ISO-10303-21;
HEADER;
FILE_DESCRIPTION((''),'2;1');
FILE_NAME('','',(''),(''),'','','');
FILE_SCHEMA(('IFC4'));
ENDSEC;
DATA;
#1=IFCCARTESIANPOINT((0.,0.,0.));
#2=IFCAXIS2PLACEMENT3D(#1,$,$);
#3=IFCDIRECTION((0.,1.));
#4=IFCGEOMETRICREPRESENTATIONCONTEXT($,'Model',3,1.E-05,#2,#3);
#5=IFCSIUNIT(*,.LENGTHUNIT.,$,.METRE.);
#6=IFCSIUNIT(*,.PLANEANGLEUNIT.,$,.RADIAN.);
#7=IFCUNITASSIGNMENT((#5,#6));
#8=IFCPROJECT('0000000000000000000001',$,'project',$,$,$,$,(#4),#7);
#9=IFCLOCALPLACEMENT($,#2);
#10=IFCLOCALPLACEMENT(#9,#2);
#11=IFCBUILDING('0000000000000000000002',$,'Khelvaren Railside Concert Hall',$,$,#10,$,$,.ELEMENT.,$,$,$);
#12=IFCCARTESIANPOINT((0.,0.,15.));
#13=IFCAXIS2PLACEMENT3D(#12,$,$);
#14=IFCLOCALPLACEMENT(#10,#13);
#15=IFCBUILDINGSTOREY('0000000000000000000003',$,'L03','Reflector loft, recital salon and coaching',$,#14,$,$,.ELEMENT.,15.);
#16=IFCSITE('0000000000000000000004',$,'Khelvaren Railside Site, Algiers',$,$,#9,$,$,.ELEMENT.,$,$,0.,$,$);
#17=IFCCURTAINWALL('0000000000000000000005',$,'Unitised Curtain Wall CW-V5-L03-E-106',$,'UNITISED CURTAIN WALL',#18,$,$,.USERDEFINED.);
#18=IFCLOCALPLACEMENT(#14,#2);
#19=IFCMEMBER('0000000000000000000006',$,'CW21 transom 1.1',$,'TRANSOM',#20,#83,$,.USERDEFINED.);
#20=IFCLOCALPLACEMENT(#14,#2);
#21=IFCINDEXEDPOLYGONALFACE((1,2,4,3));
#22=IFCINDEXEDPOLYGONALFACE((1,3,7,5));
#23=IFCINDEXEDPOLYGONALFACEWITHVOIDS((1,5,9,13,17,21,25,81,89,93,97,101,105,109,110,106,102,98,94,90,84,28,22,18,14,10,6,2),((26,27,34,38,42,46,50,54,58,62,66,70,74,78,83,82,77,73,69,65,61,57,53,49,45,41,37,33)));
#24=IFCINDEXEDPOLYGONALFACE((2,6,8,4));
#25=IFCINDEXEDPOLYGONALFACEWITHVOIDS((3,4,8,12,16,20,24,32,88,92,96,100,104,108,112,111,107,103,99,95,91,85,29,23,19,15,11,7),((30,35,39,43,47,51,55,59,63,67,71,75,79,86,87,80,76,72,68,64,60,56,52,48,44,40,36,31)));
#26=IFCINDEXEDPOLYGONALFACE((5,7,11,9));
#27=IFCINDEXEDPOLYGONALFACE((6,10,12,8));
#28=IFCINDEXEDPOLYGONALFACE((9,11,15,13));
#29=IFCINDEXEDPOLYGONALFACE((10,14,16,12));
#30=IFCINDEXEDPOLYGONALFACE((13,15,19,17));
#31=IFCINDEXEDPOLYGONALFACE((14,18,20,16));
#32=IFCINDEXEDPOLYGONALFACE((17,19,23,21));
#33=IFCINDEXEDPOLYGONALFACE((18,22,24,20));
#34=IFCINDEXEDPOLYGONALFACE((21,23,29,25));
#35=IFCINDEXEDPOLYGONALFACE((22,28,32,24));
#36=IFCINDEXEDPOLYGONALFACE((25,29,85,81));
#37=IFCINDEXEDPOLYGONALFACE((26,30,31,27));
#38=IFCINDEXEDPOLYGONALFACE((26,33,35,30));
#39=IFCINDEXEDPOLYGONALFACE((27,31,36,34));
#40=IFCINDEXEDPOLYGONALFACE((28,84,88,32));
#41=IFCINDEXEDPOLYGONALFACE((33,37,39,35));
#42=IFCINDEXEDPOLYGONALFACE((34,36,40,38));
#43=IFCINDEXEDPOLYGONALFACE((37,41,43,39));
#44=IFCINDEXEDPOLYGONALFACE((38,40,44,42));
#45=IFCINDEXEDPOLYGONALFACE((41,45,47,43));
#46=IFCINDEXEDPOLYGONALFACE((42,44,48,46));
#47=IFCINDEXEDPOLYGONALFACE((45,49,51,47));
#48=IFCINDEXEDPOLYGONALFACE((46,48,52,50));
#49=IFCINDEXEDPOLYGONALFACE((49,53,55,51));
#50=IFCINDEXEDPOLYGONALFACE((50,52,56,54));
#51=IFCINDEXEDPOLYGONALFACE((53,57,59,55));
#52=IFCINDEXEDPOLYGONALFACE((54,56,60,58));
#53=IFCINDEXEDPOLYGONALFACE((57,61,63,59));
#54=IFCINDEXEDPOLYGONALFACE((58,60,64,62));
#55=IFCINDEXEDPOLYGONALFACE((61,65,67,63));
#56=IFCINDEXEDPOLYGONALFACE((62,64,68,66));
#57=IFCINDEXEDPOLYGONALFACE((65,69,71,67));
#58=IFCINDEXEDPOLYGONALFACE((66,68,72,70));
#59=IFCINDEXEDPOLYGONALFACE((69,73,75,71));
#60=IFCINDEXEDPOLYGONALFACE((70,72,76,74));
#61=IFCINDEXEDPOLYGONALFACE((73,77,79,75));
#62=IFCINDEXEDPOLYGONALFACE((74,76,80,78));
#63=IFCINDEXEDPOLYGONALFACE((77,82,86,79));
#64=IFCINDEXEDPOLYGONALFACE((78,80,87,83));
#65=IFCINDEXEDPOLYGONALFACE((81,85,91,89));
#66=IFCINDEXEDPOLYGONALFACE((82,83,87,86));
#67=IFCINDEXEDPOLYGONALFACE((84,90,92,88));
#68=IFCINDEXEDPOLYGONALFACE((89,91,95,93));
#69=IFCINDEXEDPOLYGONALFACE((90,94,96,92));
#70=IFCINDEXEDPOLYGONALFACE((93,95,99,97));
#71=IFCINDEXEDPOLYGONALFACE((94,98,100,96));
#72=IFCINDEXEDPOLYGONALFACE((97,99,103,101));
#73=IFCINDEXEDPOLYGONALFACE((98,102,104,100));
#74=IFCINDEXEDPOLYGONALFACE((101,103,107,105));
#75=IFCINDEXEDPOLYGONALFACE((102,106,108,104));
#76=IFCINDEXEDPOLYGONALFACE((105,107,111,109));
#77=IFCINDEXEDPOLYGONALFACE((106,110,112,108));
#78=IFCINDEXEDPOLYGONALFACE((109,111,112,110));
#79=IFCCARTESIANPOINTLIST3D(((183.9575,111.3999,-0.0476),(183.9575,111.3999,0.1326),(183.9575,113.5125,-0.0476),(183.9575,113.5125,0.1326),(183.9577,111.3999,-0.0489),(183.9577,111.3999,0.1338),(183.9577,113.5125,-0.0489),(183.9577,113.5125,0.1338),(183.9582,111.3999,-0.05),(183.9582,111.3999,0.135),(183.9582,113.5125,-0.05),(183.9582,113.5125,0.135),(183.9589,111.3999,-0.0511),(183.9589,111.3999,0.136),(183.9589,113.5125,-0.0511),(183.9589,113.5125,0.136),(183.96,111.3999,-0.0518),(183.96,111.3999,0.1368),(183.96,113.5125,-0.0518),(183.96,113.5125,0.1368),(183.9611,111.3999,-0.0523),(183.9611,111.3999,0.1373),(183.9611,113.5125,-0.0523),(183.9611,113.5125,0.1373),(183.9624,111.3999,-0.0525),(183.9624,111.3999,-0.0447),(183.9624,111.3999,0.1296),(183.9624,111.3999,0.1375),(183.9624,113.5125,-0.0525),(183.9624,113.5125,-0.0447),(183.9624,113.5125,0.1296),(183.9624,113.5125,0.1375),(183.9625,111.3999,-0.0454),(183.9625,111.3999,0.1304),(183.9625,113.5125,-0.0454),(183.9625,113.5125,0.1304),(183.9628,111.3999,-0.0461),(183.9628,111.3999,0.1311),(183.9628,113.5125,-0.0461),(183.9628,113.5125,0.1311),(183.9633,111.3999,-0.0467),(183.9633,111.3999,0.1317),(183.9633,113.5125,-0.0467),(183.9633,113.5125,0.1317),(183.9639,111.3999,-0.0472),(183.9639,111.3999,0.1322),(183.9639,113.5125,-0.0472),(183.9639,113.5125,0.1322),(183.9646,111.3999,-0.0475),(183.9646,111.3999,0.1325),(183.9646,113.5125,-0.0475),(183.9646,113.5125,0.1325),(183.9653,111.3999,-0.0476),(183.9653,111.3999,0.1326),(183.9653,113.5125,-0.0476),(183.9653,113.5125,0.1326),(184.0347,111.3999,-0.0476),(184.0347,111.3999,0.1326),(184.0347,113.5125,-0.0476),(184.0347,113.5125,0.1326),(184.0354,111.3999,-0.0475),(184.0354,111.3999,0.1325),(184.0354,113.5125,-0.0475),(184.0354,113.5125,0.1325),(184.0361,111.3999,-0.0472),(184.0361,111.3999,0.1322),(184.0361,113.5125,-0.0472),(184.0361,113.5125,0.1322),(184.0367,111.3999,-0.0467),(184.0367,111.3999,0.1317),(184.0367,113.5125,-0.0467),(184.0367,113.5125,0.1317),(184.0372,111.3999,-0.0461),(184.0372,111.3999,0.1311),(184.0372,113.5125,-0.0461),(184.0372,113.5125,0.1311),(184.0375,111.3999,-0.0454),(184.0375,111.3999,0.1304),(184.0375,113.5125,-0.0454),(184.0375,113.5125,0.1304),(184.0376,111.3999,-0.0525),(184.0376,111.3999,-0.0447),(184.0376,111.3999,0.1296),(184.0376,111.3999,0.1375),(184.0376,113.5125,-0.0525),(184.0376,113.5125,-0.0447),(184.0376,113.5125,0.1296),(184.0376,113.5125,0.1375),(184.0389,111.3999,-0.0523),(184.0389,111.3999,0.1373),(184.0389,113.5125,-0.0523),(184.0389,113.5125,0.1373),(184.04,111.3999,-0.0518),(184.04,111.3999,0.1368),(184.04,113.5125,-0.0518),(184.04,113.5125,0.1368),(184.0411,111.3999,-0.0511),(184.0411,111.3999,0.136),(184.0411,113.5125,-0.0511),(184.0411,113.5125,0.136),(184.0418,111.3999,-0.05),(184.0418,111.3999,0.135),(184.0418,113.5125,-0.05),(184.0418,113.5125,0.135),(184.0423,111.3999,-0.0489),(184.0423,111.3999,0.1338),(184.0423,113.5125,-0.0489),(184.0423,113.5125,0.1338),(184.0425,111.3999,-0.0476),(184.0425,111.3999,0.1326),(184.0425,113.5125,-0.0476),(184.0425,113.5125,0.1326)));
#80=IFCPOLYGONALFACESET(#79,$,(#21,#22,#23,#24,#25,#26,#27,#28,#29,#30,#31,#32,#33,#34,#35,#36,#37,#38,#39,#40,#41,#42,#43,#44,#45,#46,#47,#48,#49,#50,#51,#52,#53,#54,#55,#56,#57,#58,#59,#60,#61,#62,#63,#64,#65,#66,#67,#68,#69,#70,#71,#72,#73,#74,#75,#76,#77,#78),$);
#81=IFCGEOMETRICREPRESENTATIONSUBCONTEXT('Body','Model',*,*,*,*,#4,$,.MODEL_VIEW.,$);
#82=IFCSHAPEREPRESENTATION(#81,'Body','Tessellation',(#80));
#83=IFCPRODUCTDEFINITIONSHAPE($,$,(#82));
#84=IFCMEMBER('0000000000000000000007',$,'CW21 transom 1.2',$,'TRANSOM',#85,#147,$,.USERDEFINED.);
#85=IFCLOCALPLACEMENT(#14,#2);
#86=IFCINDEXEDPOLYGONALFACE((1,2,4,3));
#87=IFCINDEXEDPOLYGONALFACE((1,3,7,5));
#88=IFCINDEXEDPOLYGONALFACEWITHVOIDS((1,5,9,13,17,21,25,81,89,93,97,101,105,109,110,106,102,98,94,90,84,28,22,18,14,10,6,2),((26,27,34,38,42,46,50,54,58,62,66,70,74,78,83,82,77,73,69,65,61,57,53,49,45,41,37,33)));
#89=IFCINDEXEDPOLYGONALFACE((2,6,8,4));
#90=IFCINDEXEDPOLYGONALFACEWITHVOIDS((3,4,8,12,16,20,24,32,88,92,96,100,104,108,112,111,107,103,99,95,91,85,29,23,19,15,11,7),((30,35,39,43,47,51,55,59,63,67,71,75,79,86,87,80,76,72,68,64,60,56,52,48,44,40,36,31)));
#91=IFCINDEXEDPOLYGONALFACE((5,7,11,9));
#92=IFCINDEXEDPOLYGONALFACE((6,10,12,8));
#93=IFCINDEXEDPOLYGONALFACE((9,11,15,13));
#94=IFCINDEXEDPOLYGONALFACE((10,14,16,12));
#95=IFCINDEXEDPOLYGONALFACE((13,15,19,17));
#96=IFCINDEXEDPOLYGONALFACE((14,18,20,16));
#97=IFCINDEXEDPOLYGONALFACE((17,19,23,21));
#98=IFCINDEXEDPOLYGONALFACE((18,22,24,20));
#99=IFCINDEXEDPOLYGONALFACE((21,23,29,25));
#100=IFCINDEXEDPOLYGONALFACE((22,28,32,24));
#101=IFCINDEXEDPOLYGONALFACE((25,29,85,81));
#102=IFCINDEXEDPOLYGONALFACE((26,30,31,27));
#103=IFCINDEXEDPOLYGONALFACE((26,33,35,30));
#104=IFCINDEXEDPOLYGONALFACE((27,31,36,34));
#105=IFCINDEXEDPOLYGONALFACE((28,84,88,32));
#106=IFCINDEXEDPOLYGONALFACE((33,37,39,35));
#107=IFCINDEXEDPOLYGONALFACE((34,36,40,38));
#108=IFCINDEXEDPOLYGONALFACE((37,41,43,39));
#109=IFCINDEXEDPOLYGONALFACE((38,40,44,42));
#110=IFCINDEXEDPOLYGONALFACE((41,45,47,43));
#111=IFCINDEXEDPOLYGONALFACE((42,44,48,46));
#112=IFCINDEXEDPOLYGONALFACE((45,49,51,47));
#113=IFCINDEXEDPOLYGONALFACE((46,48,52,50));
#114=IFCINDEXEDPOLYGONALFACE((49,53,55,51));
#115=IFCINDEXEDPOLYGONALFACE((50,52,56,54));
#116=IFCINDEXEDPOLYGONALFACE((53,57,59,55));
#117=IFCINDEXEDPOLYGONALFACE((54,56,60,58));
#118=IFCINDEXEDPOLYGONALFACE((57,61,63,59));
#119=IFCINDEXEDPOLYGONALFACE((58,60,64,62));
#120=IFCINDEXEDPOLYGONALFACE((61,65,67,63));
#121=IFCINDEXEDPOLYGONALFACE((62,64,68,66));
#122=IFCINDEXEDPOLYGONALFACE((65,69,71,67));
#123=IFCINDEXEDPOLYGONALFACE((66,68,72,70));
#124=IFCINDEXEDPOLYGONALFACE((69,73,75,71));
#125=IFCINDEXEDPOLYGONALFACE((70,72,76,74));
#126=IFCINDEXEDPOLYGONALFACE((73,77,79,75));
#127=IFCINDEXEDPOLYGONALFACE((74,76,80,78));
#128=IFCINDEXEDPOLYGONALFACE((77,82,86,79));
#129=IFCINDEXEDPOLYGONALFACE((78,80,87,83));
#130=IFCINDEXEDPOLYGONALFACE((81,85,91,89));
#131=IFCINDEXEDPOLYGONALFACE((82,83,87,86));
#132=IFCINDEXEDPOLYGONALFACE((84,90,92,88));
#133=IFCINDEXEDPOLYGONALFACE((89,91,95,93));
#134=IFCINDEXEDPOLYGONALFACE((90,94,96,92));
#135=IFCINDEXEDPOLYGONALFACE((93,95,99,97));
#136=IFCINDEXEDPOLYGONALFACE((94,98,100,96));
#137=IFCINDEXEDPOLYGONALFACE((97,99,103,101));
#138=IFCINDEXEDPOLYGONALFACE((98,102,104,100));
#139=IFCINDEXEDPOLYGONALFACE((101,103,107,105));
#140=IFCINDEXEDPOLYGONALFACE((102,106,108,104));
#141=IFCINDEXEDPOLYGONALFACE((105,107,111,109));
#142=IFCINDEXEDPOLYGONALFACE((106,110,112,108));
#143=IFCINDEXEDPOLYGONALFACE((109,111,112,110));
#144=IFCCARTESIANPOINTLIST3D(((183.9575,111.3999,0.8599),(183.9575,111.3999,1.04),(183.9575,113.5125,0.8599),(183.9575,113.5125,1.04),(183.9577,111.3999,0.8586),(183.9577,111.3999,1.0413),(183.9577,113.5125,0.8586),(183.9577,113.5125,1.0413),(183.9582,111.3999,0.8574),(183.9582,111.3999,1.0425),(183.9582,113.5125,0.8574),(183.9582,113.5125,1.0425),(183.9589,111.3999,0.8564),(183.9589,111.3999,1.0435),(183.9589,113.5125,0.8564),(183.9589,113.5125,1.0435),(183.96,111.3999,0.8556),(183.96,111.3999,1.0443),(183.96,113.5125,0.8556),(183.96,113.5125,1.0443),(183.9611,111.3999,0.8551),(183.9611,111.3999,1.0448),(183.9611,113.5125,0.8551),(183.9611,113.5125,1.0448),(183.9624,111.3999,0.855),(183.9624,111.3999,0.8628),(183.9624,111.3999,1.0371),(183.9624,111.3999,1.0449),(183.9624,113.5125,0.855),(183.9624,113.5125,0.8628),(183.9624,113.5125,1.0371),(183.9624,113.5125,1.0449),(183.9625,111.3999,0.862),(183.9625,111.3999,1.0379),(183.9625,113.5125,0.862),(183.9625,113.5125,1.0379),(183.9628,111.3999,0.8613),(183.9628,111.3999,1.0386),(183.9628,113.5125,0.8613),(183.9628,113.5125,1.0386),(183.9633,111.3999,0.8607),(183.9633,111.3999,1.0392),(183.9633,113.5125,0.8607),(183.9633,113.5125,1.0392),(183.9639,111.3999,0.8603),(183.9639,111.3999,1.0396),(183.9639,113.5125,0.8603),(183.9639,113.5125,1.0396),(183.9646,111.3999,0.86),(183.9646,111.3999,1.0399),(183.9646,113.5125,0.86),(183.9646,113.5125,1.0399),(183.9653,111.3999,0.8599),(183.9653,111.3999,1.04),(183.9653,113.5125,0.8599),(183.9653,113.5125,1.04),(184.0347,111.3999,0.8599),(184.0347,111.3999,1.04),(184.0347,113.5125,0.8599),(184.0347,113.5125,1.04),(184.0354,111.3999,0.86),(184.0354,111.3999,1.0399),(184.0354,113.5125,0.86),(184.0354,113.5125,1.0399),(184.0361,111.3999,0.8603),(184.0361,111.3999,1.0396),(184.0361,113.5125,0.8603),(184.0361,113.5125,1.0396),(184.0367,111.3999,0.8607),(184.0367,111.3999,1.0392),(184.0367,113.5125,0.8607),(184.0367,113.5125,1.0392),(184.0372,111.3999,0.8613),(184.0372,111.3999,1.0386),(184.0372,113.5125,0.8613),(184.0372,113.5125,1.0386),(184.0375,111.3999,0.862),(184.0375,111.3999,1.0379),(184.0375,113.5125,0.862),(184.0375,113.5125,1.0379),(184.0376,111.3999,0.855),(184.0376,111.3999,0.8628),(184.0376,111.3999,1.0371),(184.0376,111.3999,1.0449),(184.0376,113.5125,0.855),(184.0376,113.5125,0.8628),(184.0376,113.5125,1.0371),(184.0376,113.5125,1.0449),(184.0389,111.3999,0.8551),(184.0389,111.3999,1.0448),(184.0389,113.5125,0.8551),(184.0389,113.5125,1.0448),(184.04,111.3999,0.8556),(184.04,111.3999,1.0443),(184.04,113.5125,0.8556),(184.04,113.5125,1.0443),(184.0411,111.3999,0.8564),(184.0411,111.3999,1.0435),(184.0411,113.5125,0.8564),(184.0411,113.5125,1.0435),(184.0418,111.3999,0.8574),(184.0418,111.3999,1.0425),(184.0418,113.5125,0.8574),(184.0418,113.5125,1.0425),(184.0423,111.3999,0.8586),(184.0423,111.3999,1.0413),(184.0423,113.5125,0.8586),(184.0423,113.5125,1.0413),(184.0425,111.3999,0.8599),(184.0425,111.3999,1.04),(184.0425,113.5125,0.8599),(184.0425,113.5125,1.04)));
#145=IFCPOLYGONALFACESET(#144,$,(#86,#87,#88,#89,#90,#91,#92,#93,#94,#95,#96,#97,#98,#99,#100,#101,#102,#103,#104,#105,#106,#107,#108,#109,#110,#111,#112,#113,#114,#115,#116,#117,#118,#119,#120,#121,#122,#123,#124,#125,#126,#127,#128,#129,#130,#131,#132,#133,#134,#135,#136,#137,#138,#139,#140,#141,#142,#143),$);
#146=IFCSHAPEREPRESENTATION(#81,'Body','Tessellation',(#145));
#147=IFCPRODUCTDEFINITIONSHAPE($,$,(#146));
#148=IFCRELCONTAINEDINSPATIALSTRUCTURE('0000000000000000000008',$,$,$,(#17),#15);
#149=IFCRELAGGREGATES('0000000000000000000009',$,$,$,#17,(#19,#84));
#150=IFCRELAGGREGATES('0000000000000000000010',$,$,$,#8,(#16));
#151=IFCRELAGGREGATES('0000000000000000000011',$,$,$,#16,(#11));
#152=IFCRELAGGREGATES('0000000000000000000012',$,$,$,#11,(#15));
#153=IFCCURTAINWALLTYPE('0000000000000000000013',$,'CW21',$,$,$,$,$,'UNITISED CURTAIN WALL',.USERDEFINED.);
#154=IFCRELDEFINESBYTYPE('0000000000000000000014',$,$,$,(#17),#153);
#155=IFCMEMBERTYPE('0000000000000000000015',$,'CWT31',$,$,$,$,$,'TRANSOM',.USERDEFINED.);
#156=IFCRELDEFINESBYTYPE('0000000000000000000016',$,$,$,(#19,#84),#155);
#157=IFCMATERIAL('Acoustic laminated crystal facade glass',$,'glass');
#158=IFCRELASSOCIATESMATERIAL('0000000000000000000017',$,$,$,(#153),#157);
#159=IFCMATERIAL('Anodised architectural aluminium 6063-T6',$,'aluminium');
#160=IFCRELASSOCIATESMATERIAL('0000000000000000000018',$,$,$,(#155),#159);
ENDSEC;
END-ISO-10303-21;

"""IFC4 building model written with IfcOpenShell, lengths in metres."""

from ifc_helpers import new_model, si_unit, direction, frame, origin, origin_2d, place, context, subcontext, project, spatial, hollow_rectangle, extrude, material, material_profile, profile_set, type_object, element, aggregate, save


model = new_model("IFC4")

# Units and contexts
model_context = context("Model", 3, precision=1e-05, world=origin(), true_north=direction((0.0, 1.0)))
body_context = subcontext(model_context, "Body", "Model", "MODEL_VIEW")
ifc_project = project(units=[si_unit("LENGTHUNIT", "METRE"), si_unit("PLANEANGLEUNIT", "RADIAN")], contexts=[model_context])

# Site, building, storey
site_placement = place(None, origin())
site = spatial("IfcSite", under=ifc_project, at=site_placement, Name="Khelvaren Railside Site, Algiers", CompositionType="ELEMENT", RefElevation=0.0)
building_placement = place(site_placement, origin())
building = spatial("IfcBuilding", under=site, at=building_placement, Name="Khelvaren Railside Concert Hall", CompositionType="ELEMENT")
storey_placement = place(building_placement, frame((0.0, 0.0, 15.0)))
storey = spatial("IfcBuildingStorey", under=building, at=storey_placement, Name="L03", Description="Reflector loft, recital salon and coaching", CompositionType="ELEMENT", Elevation=15.0)

# Curtain wall, members
ifc_material_1 = material(Name="Acoustic laminated crystal facade glass", Category="glass")
curtain_wall_type = type_object("IfcCurtainWallType", Name="CW21", ElementType="UNITISED CURTAIN WALL", PredefinedType="USERDEFINED", material=ifc_material_1)
curtain_wall_placement = place(storey_placement, origin())
curtain_wall = element("IfcCurtainWall", 1, at=curtain_wall_placement, inside=storey, type_object=curtain_wall_type, Name="Unitised Curtain Wall CW-V5-L03-E-106", ObjectType="UNITISED CURTAIN WALL", PredefinedType="USERDEFINED")
ifc_material_2 = material(Name="Anodised architectural aluminium 6063-T6", Category="aluminium")
ifc_material_profile_1 = material_profile(ifc_material_2, hollow_rectangle(XDim=0.085, YDim=0.1899, WallThickness=0.0049, InnerFilletRadius=0.0029, OuterFilletRadius=0.0049, at=origin_2d()), Name="CWT 85x190x5")
ifc_profile_set_1 = profile_set([ifc_material_profile_1], Name="Anodised architectural aluminium 6063-T6")
member_type_1 = type_object("IfcMemberType", Name="CWT31", ElementType="TRANSOM", PredefinedType="USERDEFINED", material=ifc_profile_set_1)
member_1_placement = place(storey_placement, frame((184.0, 113.5125, 0.0425), z_axis=(0.0, -1.0, 0.0), x_axis=(1.0, 0.0, 0.0)))
member_1 = element("IfcMember", 2, at=member_1_placement, type_object=member_type_1, Name="CW21 transom 1.1", ObjectType="TRANSOM", PredefinedType="USERDEFINED", context=body_context, shape_type="SweptSolid", body=[
    extrude(hollow_rectangle(XDim=0.085, YDim=0.1899, WallThickness=0.0049, InnerFilletRadius=0.0029, OuterFilletRadius=0.0049, at=origin_2d()), origin(), (0.0, 0.0, 1.0), 2.1125),
])
member_2_placement = place(storey_placement, frame((184.0, 113.5125, 0.95), z_axis=(0.0, -1.0, 0.0), x_axis=(1.0, 0.0, 0.0)))
member_2 = element("IfcMember", 3, at=member_2_placement, type_object=member_type_1, Name="CW21 transom 1.2", ObjectType="TRANSOM", PredefinedType="USERDEFINED", context=body_context, shape_type="SweptSolid", body=[
    extrude(hollow_rectangle(XDim=0.085, YDim=0.1899, WallThickness=0.0049, InnerFilletRadius=0.0029, OuterFilletRadius=0.0049, at=origin_2d()), origin(), (0.0, 0.0, 1.0), 2.1125),
])

aggregate(curtain_wall, [member_1, member_2])

save(model, "model.ifc")
